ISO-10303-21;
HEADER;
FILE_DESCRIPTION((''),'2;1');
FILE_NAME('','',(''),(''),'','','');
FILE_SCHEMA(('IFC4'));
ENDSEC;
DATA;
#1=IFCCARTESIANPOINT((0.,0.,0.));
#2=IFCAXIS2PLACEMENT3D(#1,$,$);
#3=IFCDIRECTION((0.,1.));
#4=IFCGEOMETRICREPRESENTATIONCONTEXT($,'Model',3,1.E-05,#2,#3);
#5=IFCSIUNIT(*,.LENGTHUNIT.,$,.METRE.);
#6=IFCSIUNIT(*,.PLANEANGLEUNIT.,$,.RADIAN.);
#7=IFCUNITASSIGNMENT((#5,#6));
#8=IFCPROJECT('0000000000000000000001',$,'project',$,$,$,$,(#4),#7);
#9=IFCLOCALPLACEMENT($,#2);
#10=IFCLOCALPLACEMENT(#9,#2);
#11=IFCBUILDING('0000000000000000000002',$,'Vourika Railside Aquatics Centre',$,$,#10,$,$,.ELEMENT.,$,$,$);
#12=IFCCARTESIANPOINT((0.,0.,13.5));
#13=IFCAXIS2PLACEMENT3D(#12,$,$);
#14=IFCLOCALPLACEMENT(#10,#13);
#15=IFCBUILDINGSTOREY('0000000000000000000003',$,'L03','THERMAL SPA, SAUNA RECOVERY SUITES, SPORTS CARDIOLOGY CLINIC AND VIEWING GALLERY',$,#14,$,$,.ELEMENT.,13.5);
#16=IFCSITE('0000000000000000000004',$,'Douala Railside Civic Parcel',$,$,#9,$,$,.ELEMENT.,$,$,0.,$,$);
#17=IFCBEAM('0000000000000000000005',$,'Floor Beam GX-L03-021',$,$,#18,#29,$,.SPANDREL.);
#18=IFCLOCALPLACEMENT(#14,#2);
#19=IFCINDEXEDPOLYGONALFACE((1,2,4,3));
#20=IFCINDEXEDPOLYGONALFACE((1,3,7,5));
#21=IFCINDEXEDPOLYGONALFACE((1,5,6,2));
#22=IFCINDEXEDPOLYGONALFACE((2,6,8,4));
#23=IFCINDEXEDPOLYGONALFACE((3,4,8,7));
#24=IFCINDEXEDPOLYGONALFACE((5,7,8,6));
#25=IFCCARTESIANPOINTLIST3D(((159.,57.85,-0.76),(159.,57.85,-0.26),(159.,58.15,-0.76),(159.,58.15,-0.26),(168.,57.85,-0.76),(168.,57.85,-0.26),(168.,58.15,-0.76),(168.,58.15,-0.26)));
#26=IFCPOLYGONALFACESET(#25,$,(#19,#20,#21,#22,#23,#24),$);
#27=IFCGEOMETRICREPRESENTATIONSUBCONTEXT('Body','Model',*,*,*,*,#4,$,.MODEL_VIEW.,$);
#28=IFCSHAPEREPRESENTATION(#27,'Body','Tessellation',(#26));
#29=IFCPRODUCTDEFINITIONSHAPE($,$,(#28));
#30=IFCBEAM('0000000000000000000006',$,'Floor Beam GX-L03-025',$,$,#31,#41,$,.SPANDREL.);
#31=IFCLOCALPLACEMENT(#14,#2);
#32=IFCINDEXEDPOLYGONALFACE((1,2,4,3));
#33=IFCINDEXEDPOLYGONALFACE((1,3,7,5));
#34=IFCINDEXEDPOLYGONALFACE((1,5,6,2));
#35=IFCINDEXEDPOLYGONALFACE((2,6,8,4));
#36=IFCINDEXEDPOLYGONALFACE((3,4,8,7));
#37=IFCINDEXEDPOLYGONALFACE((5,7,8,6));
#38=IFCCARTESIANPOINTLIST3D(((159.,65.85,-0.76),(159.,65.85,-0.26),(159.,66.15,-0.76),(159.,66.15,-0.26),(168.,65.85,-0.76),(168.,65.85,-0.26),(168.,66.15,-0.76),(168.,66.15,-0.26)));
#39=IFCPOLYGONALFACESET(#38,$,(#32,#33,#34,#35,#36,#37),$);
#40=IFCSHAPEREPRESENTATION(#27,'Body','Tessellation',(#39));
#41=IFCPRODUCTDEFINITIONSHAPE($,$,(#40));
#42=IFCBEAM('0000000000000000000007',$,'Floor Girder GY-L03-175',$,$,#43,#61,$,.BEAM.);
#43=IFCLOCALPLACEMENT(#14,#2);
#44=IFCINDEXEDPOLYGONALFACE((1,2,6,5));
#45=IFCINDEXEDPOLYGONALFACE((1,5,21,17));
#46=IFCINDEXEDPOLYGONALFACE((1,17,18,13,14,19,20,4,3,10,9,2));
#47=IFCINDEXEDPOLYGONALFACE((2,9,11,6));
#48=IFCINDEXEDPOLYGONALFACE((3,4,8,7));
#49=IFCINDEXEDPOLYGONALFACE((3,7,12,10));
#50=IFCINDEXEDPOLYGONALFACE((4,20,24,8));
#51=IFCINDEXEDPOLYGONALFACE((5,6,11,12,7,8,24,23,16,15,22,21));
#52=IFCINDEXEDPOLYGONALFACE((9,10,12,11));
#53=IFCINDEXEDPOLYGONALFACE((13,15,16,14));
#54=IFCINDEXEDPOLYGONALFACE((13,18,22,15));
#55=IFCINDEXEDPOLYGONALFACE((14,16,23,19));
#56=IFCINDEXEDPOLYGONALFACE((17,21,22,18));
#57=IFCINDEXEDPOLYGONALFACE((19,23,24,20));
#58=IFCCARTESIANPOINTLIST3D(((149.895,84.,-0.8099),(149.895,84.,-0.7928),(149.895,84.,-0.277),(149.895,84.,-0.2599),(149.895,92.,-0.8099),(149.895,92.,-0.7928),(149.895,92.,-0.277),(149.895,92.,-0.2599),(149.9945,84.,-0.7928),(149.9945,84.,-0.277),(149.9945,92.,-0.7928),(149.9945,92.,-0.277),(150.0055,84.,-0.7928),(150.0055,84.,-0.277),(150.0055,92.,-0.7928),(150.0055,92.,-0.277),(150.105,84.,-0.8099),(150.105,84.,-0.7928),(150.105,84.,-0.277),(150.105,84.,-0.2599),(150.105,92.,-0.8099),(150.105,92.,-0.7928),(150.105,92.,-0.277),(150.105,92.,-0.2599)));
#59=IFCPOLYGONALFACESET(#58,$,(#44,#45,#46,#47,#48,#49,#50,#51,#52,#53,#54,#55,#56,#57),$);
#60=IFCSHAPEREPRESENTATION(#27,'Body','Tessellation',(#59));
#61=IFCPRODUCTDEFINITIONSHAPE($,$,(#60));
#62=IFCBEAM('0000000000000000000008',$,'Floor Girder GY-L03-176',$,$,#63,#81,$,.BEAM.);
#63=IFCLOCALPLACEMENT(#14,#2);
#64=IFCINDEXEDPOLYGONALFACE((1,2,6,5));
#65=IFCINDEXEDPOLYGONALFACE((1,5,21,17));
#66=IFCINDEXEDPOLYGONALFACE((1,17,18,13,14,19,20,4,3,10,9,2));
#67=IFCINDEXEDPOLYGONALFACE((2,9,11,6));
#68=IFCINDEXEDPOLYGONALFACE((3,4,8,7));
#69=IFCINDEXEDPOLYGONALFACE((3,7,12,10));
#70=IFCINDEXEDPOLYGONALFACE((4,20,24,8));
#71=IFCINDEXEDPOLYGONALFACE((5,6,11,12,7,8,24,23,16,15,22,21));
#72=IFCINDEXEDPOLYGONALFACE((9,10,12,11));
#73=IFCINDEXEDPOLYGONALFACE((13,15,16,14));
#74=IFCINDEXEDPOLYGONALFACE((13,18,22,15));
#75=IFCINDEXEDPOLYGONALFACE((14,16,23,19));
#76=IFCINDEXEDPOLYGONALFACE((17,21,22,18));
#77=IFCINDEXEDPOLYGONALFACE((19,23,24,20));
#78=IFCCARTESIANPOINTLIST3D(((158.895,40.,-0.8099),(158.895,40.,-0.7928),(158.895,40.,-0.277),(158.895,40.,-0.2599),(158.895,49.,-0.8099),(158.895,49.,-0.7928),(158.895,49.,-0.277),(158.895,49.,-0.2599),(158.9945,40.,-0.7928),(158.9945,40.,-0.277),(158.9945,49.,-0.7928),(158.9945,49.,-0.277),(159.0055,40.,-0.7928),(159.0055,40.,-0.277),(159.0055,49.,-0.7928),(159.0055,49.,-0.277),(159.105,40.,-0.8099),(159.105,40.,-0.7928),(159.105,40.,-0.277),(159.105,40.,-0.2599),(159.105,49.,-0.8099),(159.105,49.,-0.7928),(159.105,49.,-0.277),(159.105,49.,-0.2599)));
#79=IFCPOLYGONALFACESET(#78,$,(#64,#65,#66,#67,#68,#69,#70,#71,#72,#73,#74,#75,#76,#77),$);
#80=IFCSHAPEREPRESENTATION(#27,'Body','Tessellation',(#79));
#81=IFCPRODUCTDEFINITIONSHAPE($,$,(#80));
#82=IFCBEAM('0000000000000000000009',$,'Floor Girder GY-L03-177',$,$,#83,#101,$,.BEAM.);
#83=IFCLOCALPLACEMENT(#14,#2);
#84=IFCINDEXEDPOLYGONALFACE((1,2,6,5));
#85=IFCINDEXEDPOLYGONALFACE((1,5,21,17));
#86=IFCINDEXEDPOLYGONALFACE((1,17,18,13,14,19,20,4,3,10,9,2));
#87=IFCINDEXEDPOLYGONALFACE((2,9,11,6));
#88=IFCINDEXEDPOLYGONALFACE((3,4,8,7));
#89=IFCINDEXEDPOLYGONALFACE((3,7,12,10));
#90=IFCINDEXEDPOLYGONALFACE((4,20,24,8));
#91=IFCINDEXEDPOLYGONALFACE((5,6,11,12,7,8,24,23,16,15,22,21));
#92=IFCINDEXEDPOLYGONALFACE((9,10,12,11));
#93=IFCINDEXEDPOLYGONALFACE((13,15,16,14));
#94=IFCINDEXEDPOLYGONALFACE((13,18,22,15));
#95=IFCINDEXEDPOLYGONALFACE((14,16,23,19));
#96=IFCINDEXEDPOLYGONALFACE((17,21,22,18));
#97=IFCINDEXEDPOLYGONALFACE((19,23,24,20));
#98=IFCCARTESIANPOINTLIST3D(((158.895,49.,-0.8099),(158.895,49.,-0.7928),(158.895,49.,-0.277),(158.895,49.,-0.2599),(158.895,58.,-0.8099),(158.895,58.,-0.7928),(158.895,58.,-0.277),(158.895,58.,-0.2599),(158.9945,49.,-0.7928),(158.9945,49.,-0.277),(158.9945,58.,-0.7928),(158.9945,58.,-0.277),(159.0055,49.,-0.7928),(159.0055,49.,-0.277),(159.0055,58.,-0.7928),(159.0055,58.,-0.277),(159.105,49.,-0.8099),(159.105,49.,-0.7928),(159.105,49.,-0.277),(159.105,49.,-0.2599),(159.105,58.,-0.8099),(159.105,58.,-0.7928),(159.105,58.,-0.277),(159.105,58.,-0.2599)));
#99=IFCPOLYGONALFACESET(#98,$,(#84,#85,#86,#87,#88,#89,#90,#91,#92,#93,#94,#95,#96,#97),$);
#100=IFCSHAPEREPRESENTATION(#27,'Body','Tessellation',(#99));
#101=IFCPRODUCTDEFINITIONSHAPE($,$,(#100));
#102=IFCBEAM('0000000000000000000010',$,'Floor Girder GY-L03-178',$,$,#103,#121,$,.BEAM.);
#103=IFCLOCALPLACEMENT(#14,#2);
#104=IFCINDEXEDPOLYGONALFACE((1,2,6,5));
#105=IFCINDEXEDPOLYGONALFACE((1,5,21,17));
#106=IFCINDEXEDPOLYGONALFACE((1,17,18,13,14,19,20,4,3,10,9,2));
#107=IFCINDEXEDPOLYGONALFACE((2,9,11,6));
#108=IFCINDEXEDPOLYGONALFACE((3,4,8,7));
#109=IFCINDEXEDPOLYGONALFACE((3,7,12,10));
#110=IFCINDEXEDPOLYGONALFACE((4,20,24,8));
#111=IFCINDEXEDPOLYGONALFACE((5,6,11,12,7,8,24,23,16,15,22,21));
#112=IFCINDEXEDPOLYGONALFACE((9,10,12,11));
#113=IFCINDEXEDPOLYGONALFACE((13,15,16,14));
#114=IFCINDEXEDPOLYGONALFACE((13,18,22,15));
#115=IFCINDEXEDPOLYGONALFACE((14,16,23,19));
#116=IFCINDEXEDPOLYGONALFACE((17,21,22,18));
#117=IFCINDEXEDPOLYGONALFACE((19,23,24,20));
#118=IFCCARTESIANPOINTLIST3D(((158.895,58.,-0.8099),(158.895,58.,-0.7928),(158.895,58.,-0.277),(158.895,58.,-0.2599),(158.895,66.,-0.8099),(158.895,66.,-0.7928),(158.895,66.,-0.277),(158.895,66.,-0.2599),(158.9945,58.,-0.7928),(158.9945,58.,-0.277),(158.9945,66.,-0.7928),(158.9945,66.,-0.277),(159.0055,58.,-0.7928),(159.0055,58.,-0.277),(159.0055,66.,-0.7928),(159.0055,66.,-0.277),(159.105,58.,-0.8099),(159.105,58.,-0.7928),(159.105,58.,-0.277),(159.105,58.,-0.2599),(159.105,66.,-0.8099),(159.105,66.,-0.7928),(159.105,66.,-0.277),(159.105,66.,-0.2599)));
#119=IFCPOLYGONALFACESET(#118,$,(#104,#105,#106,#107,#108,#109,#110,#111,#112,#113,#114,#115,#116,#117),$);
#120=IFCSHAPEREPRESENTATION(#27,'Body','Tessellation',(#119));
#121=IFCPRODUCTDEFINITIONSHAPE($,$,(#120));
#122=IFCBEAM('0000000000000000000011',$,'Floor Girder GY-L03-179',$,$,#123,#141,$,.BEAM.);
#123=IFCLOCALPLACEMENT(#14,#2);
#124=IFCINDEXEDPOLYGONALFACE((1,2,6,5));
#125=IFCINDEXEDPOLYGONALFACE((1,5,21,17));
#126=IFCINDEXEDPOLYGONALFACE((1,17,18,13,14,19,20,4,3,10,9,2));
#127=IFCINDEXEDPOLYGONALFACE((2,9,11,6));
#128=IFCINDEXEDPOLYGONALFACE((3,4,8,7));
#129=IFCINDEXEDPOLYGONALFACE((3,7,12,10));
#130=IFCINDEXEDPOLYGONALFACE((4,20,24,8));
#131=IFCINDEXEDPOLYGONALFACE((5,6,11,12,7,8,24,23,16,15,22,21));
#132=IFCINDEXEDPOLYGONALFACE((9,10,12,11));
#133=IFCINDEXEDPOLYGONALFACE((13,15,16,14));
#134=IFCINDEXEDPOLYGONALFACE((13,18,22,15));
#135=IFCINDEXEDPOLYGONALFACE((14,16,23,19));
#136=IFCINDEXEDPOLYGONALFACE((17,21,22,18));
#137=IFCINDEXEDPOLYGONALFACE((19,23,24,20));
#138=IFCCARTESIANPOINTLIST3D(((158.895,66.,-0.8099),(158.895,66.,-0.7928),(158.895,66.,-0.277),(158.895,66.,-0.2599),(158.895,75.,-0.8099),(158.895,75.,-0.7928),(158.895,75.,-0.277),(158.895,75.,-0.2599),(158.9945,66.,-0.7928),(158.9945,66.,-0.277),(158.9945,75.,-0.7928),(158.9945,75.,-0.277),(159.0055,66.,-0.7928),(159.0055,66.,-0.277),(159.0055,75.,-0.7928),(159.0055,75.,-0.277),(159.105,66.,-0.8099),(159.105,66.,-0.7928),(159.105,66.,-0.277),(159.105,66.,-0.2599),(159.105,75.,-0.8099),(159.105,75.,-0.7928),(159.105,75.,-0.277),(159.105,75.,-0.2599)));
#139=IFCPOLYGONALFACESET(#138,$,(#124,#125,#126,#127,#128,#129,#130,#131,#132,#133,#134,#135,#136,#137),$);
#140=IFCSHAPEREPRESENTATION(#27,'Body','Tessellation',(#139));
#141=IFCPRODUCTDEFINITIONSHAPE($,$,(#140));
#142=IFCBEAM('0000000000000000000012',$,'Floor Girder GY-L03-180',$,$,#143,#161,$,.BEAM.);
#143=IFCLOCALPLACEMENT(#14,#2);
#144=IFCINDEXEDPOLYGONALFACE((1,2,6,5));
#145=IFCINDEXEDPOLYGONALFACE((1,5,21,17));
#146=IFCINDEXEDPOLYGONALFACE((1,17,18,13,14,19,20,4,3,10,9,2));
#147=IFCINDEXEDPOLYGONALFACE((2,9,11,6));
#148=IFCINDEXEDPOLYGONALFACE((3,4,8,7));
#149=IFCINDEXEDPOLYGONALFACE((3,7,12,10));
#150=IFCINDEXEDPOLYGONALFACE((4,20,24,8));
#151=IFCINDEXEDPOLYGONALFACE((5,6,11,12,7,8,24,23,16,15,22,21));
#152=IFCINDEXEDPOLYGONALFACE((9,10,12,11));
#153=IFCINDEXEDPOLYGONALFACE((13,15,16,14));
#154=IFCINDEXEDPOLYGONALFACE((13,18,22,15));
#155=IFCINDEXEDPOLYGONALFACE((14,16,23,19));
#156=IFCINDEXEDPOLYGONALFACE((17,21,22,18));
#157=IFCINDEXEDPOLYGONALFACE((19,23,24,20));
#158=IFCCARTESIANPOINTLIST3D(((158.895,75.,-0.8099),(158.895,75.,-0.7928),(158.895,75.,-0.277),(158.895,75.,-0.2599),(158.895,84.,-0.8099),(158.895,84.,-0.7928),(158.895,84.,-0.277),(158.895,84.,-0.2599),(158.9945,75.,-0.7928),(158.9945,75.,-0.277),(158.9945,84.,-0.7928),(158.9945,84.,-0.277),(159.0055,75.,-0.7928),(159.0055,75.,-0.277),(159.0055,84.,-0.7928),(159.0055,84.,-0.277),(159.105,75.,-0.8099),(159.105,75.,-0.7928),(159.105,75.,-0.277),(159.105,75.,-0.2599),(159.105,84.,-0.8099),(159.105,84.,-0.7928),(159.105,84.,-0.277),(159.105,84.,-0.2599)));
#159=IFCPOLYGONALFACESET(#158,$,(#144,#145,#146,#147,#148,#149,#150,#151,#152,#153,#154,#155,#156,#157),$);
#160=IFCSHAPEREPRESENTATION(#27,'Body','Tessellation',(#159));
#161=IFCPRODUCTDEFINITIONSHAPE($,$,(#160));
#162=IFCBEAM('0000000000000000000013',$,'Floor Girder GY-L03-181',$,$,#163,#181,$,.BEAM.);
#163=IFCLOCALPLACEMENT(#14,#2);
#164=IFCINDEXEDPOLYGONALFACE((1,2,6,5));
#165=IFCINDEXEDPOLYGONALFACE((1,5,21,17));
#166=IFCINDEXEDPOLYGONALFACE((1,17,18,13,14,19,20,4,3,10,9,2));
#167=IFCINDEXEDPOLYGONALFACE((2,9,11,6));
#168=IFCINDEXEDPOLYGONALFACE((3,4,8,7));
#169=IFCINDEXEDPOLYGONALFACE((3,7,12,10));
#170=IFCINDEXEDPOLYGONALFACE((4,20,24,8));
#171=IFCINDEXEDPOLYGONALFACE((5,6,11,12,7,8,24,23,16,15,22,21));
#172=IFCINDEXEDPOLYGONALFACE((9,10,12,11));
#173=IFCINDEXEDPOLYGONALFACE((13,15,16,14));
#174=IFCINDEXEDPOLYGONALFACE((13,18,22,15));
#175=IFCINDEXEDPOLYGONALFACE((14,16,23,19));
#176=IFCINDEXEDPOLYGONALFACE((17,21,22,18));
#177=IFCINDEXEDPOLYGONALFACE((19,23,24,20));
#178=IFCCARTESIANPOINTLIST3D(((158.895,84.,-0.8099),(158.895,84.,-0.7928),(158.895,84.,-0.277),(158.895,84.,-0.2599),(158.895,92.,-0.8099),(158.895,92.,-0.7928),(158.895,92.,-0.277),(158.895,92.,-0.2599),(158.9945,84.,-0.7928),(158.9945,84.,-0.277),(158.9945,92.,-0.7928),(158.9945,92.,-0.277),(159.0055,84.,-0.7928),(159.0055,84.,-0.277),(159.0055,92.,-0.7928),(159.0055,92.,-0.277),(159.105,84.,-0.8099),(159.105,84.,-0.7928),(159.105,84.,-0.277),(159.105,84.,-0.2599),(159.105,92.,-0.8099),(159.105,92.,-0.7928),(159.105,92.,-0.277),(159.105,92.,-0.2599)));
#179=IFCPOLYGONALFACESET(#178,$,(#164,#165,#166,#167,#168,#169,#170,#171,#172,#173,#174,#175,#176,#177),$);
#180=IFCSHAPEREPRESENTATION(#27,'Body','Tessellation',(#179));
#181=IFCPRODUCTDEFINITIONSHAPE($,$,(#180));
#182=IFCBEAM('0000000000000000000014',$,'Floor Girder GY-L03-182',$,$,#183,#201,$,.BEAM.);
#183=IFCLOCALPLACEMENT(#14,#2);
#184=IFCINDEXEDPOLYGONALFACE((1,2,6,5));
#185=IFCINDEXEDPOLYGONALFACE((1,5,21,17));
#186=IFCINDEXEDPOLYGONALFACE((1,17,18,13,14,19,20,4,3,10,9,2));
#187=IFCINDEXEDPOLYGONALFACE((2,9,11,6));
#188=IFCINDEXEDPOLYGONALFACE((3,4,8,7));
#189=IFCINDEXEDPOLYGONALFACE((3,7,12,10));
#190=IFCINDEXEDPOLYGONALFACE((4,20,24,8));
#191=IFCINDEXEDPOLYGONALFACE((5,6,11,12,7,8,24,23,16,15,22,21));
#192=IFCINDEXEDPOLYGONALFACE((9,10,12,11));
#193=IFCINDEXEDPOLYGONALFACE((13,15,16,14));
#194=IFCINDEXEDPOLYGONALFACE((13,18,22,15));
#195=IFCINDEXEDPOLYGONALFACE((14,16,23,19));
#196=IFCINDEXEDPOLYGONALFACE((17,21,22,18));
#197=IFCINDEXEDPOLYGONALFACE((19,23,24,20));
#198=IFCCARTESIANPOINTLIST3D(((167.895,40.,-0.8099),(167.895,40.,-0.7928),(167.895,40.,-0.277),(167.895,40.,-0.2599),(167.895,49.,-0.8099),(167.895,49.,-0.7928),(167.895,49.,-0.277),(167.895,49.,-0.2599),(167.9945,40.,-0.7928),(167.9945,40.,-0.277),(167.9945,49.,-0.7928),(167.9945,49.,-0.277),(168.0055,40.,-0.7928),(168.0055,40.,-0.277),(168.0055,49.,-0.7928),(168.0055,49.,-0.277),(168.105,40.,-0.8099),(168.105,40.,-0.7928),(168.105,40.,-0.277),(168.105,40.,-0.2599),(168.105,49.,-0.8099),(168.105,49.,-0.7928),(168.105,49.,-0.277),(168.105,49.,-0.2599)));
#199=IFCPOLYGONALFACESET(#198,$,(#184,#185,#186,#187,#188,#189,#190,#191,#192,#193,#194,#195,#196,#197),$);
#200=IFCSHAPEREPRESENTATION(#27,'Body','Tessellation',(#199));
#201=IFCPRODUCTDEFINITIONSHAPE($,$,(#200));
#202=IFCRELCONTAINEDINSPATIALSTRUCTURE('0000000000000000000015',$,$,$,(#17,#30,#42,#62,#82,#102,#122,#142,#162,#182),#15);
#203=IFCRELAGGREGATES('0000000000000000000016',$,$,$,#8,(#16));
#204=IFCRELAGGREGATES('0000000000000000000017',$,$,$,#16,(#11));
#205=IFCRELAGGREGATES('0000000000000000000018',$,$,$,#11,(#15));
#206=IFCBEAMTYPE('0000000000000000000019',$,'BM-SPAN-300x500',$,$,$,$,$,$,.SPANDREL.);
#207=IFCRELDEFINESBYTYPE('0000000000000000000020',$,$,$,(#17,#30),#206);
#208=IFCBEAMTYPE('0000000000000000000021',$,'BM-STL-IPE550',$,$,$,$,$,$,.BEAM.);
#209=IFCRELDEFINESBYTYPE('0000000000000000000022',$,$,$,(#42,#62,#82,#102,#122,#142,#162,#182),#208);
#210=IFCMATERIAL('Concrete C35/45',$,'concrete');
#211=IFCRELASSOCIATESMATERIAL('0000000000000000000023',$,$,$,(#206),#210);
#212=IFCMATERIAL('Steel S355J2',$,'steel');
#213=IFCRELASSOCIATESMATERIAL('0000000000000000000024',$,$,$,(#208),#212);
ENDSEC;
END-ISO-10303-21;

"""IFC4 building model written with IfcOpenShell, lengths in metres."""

from ifc_helpers import new_model, si_unit, direction, frame, origin, origin_2d, place, context, subcontext, project, spatial, rectangle, i_section, extrude, material, material_profile, profile_set, type_object, element, save


model = new_model("IFC4")

# Units and contexts
model_context = context("Model", 3, precision=1e-05, world=origin(), true_north=direction((0.0, 1.0)))
body_context = subcontext(model_context, "Body", "Model", "MODEL_VIEW")
ifc_project = project(units=[si_unit("LENGTHUNIT", "METRE"), si_unit("PLANEANGLEUNIT", "RADIAN")], contexts=[model_context])

# Site, building, storey
site_placement = place(None, origin())
site = spatial("IfcSite", under=ifc_project, at=site_placement, Name="Douala Railside Civic Parcel", CompositionType="ELEMENT", RefElevation=0.0)
building_placement = place(site_placement, origin())
building = spatial("IfcBuilding", under=site, at=building_placement, Name="Vourika Railside Aquatics Centre", CompositionType="ELEMENT")
storey_placement = place(building_placement, frame((0.0, 0.0, 13.5)))
storey = spatial("IfcBuildingStorey", under=building, at=storey_placement, Name="L03", Description="THERMAL SPA, SAUNA RECOVERY SUITES, SPORTS CARDIOLOGY CLINIC AND VIEWING GALLERY", CompositionType="ELEMENT", Elevation=13.5)

# Beams
ifc_material_1 = material(Name="Concrete C35/45", Category="concrete")
ifc_material_profile_1 = material_profile(ifc_material_1, rectangle(XDim=0.3, YDim=0.5, at=origin_2d()), Name="RC 300x500")
ifc_profile_set_1 = profile_set([ifc_material_profile_1], Name="Concrete C35/45")
beam_type_1 = type_object("IfcBeamType", Name="BM-SPAN-300x500", PredefinedType="SPANDREL", material=ifc_profile_set_1)
for number, where, z_axis, x_axis, name in (
    (1, (159.0, 58.0, -0.51), (1.0, 0.0, 0.0), (0.0, 1.0, 0.0), "Floor Beam GX-L03-021"),
    (2, (159.0, 66.0, -0.51), (1.0, 0.0, 0.0), (0.0, 1.0, 0.0), "Floor Beam GX-L03-025"),
):
    element("IfcBeam", number, at=place(storey_placement, frame(where, z_axis=z_axis, x_axis=x_axis)), inside=storey, type_object=beam_type_1, Name=name, PredefinedType="SPANDREL", context=body_context, shape_type="SweptSolid", body=[
        extrude(rectangle(XDim=0.3, YDim=0.5, at=origin_2d()), origin(), (0.0, 0.0, 1.0), 9.0),
    ])
ifc_material_2 = material(Name="Steel S355J2", Category="steel")
ifc_material_profile_2 = material_profile(ifc_material_2, i_section(OverallWidth=0.21, OverallDepth=0.55, WebThickness=0.011, FlangeThickness=0.0171, at=origin_2d()), Name="IPE 550")
ifc_profile_set_2 = profile_set([ifc_material_profile_2], Name="Steel S355J2")
beam_type_2 = type_object("IfcBeamType", Name="BM-STL-IPE550", PredefinedType="BEAM", material=ifc_profile_set_2)
beam_1_placement = place(storey_placement, frame((150.0, 84.0, -0.5349), z_axis=(0.0, 1.0, 0.0), x_axis=(-1.0, 0.0, 0.0)))
element("IfcBeam", 3, at=beam_1_placement, inside=storey, type_object=beam_type_2, Name="Floor Girder GY-L03-175", PredefinedType="BEAM", context=body_context, shape_type="SweptSolid", body=[
    extrude(i_section(OverallWidth=0.21, OverallDepth=0.55, WebThickness=0.011, FlangeThickness=0.0171, at=origin_2d()), origin(), (0.0, 0.0, 1.0), 8.0),
])
for number, where, z_axis, x_axis, name in (
    (4, (159.0, 40.0, -0.5349), (0.0, 1.0, 0.0), (-1.0, 0.0, 0.0), "Floor Girder GY-L03-176"),
    (5, (159.0, 49.0, -0.5349), (0.0, 1.0, 0.0), (-1.0, 0.0, 0.0), "Floor Girder GY-L03-177"),
):
    element("IfcBeam", number, at=place(storey_placement, frame(where, z_axis=z_axis, x_axis=x_axis)), inside=storey, type_object=beam_type_2, Name=name, PredefinedType="BEAM", context=body_context, shape_type="SweptSolid", body=[
        extrude(i_section(OverallWidth=0.21, OverallDepth=0.55, WebThickness=0.011, FlangeThickness=0.0171, at=origin_2d()), origin(), (0.0, 0.0, 1.0), 9.0),
    ])
beam_2_placement = place(storey_placement, frame((159.0, 58.0, -0.5349), z_axis=(0.0, 1.0, 0.0), x_axis=(-1.0, 0.0, 0.0)))
element("IfcBeam", 6, at=beam_2_placement, inside=storey, type_object=beam_type_2, Name="Floor Girder GY-L03-178", PredefinedType="BEAM", context=body_context, shape_type="SweptSolid", body=[
    extrude(i_section(OverallWidth=0.21, OverallDepth=0.55, WebThickness=0.011, FlangeThickness=0.0171, at=origin_2d()), origin(), (0.0, 0.0, 1.0), 8.0),
])
for number, where, z_axis, x_axis, name in (
    (7, (159.0, 66.0, -0.5349), (0.0, 1.0, 0.0), (-1.0, 0.0, 0.0), "Floor Girder GY-L03-179"),
    (8, (159.0, 75.0, -0.5349), (0.0, 1.0, 0.0), (-1.0, 0.0, 0.0), "Floor Girder GY-L03-180"),
):
    element("IfcBeam", number, at=place(storey_placement, frame(where, z_axis=z_axis, x_axis=x_axis)), inside=storey, type_object=beam_type_2, Name=name, PredefinedType="BEAM", context=body_context, shape_type="SweptSolid", body=[
        extrude(i_section(OverallWidth=0.21, OverallDepth=0.55, WebThickness=0.011, FlangeThickness=0.0171, at=origin_2d()), origin(), (0.0, 0.0, 1.0), 9.0),
    ])
beam_3_placement = place(storey_placement, frame((159.0, 84.0, -0.5349), z_axis=(0.0, 1.0, 0.0), x_axis=(-1.0, 0.0, 0.0)))
element("IfcBeam", 9, at=beam_3_placement, inside=storey, type_object=beam_type_2, Name="Floor Girder GY-L03-181", PredefinedType="BEAM", context=body_context, shape_type="SweptSolid", body=[
    extrude(i_section(OverallWidth=0.21, OverallDepth=0.55, WebThickness=0.011, FlangeThickness=0.0171, at=origin_2d()), origin(), (0.0, 0.0, 1.0), 8.0),
])
for number, where, z_axis, x_axis, name in (
    (10, (168.0, 40.0, -0.5349), (0.0, 1.0, 0.0), (-1.0, 0.0, 0.0), "Floor Girder GY-L03-182"),
):
    element("IfcBeam", number, at=place(storey_placement, frame(where, z_axis=z_axis, x_axis=x_axis)), inside=storey, type_object=beam_type_2, Name=name, PredefinedType="BEAM", context=body_context, shape_type="SweptSolid", body=[
        extrude(i_section(OverallWidth=0.21, OverallDepth=0.55, WebThickness=0.011, FlangeThickness=0.0171, at=origin_2d()), origin(), (0.0, 0.0, 1.0), 9.0),
    ])

save(model, "model.ifc")
